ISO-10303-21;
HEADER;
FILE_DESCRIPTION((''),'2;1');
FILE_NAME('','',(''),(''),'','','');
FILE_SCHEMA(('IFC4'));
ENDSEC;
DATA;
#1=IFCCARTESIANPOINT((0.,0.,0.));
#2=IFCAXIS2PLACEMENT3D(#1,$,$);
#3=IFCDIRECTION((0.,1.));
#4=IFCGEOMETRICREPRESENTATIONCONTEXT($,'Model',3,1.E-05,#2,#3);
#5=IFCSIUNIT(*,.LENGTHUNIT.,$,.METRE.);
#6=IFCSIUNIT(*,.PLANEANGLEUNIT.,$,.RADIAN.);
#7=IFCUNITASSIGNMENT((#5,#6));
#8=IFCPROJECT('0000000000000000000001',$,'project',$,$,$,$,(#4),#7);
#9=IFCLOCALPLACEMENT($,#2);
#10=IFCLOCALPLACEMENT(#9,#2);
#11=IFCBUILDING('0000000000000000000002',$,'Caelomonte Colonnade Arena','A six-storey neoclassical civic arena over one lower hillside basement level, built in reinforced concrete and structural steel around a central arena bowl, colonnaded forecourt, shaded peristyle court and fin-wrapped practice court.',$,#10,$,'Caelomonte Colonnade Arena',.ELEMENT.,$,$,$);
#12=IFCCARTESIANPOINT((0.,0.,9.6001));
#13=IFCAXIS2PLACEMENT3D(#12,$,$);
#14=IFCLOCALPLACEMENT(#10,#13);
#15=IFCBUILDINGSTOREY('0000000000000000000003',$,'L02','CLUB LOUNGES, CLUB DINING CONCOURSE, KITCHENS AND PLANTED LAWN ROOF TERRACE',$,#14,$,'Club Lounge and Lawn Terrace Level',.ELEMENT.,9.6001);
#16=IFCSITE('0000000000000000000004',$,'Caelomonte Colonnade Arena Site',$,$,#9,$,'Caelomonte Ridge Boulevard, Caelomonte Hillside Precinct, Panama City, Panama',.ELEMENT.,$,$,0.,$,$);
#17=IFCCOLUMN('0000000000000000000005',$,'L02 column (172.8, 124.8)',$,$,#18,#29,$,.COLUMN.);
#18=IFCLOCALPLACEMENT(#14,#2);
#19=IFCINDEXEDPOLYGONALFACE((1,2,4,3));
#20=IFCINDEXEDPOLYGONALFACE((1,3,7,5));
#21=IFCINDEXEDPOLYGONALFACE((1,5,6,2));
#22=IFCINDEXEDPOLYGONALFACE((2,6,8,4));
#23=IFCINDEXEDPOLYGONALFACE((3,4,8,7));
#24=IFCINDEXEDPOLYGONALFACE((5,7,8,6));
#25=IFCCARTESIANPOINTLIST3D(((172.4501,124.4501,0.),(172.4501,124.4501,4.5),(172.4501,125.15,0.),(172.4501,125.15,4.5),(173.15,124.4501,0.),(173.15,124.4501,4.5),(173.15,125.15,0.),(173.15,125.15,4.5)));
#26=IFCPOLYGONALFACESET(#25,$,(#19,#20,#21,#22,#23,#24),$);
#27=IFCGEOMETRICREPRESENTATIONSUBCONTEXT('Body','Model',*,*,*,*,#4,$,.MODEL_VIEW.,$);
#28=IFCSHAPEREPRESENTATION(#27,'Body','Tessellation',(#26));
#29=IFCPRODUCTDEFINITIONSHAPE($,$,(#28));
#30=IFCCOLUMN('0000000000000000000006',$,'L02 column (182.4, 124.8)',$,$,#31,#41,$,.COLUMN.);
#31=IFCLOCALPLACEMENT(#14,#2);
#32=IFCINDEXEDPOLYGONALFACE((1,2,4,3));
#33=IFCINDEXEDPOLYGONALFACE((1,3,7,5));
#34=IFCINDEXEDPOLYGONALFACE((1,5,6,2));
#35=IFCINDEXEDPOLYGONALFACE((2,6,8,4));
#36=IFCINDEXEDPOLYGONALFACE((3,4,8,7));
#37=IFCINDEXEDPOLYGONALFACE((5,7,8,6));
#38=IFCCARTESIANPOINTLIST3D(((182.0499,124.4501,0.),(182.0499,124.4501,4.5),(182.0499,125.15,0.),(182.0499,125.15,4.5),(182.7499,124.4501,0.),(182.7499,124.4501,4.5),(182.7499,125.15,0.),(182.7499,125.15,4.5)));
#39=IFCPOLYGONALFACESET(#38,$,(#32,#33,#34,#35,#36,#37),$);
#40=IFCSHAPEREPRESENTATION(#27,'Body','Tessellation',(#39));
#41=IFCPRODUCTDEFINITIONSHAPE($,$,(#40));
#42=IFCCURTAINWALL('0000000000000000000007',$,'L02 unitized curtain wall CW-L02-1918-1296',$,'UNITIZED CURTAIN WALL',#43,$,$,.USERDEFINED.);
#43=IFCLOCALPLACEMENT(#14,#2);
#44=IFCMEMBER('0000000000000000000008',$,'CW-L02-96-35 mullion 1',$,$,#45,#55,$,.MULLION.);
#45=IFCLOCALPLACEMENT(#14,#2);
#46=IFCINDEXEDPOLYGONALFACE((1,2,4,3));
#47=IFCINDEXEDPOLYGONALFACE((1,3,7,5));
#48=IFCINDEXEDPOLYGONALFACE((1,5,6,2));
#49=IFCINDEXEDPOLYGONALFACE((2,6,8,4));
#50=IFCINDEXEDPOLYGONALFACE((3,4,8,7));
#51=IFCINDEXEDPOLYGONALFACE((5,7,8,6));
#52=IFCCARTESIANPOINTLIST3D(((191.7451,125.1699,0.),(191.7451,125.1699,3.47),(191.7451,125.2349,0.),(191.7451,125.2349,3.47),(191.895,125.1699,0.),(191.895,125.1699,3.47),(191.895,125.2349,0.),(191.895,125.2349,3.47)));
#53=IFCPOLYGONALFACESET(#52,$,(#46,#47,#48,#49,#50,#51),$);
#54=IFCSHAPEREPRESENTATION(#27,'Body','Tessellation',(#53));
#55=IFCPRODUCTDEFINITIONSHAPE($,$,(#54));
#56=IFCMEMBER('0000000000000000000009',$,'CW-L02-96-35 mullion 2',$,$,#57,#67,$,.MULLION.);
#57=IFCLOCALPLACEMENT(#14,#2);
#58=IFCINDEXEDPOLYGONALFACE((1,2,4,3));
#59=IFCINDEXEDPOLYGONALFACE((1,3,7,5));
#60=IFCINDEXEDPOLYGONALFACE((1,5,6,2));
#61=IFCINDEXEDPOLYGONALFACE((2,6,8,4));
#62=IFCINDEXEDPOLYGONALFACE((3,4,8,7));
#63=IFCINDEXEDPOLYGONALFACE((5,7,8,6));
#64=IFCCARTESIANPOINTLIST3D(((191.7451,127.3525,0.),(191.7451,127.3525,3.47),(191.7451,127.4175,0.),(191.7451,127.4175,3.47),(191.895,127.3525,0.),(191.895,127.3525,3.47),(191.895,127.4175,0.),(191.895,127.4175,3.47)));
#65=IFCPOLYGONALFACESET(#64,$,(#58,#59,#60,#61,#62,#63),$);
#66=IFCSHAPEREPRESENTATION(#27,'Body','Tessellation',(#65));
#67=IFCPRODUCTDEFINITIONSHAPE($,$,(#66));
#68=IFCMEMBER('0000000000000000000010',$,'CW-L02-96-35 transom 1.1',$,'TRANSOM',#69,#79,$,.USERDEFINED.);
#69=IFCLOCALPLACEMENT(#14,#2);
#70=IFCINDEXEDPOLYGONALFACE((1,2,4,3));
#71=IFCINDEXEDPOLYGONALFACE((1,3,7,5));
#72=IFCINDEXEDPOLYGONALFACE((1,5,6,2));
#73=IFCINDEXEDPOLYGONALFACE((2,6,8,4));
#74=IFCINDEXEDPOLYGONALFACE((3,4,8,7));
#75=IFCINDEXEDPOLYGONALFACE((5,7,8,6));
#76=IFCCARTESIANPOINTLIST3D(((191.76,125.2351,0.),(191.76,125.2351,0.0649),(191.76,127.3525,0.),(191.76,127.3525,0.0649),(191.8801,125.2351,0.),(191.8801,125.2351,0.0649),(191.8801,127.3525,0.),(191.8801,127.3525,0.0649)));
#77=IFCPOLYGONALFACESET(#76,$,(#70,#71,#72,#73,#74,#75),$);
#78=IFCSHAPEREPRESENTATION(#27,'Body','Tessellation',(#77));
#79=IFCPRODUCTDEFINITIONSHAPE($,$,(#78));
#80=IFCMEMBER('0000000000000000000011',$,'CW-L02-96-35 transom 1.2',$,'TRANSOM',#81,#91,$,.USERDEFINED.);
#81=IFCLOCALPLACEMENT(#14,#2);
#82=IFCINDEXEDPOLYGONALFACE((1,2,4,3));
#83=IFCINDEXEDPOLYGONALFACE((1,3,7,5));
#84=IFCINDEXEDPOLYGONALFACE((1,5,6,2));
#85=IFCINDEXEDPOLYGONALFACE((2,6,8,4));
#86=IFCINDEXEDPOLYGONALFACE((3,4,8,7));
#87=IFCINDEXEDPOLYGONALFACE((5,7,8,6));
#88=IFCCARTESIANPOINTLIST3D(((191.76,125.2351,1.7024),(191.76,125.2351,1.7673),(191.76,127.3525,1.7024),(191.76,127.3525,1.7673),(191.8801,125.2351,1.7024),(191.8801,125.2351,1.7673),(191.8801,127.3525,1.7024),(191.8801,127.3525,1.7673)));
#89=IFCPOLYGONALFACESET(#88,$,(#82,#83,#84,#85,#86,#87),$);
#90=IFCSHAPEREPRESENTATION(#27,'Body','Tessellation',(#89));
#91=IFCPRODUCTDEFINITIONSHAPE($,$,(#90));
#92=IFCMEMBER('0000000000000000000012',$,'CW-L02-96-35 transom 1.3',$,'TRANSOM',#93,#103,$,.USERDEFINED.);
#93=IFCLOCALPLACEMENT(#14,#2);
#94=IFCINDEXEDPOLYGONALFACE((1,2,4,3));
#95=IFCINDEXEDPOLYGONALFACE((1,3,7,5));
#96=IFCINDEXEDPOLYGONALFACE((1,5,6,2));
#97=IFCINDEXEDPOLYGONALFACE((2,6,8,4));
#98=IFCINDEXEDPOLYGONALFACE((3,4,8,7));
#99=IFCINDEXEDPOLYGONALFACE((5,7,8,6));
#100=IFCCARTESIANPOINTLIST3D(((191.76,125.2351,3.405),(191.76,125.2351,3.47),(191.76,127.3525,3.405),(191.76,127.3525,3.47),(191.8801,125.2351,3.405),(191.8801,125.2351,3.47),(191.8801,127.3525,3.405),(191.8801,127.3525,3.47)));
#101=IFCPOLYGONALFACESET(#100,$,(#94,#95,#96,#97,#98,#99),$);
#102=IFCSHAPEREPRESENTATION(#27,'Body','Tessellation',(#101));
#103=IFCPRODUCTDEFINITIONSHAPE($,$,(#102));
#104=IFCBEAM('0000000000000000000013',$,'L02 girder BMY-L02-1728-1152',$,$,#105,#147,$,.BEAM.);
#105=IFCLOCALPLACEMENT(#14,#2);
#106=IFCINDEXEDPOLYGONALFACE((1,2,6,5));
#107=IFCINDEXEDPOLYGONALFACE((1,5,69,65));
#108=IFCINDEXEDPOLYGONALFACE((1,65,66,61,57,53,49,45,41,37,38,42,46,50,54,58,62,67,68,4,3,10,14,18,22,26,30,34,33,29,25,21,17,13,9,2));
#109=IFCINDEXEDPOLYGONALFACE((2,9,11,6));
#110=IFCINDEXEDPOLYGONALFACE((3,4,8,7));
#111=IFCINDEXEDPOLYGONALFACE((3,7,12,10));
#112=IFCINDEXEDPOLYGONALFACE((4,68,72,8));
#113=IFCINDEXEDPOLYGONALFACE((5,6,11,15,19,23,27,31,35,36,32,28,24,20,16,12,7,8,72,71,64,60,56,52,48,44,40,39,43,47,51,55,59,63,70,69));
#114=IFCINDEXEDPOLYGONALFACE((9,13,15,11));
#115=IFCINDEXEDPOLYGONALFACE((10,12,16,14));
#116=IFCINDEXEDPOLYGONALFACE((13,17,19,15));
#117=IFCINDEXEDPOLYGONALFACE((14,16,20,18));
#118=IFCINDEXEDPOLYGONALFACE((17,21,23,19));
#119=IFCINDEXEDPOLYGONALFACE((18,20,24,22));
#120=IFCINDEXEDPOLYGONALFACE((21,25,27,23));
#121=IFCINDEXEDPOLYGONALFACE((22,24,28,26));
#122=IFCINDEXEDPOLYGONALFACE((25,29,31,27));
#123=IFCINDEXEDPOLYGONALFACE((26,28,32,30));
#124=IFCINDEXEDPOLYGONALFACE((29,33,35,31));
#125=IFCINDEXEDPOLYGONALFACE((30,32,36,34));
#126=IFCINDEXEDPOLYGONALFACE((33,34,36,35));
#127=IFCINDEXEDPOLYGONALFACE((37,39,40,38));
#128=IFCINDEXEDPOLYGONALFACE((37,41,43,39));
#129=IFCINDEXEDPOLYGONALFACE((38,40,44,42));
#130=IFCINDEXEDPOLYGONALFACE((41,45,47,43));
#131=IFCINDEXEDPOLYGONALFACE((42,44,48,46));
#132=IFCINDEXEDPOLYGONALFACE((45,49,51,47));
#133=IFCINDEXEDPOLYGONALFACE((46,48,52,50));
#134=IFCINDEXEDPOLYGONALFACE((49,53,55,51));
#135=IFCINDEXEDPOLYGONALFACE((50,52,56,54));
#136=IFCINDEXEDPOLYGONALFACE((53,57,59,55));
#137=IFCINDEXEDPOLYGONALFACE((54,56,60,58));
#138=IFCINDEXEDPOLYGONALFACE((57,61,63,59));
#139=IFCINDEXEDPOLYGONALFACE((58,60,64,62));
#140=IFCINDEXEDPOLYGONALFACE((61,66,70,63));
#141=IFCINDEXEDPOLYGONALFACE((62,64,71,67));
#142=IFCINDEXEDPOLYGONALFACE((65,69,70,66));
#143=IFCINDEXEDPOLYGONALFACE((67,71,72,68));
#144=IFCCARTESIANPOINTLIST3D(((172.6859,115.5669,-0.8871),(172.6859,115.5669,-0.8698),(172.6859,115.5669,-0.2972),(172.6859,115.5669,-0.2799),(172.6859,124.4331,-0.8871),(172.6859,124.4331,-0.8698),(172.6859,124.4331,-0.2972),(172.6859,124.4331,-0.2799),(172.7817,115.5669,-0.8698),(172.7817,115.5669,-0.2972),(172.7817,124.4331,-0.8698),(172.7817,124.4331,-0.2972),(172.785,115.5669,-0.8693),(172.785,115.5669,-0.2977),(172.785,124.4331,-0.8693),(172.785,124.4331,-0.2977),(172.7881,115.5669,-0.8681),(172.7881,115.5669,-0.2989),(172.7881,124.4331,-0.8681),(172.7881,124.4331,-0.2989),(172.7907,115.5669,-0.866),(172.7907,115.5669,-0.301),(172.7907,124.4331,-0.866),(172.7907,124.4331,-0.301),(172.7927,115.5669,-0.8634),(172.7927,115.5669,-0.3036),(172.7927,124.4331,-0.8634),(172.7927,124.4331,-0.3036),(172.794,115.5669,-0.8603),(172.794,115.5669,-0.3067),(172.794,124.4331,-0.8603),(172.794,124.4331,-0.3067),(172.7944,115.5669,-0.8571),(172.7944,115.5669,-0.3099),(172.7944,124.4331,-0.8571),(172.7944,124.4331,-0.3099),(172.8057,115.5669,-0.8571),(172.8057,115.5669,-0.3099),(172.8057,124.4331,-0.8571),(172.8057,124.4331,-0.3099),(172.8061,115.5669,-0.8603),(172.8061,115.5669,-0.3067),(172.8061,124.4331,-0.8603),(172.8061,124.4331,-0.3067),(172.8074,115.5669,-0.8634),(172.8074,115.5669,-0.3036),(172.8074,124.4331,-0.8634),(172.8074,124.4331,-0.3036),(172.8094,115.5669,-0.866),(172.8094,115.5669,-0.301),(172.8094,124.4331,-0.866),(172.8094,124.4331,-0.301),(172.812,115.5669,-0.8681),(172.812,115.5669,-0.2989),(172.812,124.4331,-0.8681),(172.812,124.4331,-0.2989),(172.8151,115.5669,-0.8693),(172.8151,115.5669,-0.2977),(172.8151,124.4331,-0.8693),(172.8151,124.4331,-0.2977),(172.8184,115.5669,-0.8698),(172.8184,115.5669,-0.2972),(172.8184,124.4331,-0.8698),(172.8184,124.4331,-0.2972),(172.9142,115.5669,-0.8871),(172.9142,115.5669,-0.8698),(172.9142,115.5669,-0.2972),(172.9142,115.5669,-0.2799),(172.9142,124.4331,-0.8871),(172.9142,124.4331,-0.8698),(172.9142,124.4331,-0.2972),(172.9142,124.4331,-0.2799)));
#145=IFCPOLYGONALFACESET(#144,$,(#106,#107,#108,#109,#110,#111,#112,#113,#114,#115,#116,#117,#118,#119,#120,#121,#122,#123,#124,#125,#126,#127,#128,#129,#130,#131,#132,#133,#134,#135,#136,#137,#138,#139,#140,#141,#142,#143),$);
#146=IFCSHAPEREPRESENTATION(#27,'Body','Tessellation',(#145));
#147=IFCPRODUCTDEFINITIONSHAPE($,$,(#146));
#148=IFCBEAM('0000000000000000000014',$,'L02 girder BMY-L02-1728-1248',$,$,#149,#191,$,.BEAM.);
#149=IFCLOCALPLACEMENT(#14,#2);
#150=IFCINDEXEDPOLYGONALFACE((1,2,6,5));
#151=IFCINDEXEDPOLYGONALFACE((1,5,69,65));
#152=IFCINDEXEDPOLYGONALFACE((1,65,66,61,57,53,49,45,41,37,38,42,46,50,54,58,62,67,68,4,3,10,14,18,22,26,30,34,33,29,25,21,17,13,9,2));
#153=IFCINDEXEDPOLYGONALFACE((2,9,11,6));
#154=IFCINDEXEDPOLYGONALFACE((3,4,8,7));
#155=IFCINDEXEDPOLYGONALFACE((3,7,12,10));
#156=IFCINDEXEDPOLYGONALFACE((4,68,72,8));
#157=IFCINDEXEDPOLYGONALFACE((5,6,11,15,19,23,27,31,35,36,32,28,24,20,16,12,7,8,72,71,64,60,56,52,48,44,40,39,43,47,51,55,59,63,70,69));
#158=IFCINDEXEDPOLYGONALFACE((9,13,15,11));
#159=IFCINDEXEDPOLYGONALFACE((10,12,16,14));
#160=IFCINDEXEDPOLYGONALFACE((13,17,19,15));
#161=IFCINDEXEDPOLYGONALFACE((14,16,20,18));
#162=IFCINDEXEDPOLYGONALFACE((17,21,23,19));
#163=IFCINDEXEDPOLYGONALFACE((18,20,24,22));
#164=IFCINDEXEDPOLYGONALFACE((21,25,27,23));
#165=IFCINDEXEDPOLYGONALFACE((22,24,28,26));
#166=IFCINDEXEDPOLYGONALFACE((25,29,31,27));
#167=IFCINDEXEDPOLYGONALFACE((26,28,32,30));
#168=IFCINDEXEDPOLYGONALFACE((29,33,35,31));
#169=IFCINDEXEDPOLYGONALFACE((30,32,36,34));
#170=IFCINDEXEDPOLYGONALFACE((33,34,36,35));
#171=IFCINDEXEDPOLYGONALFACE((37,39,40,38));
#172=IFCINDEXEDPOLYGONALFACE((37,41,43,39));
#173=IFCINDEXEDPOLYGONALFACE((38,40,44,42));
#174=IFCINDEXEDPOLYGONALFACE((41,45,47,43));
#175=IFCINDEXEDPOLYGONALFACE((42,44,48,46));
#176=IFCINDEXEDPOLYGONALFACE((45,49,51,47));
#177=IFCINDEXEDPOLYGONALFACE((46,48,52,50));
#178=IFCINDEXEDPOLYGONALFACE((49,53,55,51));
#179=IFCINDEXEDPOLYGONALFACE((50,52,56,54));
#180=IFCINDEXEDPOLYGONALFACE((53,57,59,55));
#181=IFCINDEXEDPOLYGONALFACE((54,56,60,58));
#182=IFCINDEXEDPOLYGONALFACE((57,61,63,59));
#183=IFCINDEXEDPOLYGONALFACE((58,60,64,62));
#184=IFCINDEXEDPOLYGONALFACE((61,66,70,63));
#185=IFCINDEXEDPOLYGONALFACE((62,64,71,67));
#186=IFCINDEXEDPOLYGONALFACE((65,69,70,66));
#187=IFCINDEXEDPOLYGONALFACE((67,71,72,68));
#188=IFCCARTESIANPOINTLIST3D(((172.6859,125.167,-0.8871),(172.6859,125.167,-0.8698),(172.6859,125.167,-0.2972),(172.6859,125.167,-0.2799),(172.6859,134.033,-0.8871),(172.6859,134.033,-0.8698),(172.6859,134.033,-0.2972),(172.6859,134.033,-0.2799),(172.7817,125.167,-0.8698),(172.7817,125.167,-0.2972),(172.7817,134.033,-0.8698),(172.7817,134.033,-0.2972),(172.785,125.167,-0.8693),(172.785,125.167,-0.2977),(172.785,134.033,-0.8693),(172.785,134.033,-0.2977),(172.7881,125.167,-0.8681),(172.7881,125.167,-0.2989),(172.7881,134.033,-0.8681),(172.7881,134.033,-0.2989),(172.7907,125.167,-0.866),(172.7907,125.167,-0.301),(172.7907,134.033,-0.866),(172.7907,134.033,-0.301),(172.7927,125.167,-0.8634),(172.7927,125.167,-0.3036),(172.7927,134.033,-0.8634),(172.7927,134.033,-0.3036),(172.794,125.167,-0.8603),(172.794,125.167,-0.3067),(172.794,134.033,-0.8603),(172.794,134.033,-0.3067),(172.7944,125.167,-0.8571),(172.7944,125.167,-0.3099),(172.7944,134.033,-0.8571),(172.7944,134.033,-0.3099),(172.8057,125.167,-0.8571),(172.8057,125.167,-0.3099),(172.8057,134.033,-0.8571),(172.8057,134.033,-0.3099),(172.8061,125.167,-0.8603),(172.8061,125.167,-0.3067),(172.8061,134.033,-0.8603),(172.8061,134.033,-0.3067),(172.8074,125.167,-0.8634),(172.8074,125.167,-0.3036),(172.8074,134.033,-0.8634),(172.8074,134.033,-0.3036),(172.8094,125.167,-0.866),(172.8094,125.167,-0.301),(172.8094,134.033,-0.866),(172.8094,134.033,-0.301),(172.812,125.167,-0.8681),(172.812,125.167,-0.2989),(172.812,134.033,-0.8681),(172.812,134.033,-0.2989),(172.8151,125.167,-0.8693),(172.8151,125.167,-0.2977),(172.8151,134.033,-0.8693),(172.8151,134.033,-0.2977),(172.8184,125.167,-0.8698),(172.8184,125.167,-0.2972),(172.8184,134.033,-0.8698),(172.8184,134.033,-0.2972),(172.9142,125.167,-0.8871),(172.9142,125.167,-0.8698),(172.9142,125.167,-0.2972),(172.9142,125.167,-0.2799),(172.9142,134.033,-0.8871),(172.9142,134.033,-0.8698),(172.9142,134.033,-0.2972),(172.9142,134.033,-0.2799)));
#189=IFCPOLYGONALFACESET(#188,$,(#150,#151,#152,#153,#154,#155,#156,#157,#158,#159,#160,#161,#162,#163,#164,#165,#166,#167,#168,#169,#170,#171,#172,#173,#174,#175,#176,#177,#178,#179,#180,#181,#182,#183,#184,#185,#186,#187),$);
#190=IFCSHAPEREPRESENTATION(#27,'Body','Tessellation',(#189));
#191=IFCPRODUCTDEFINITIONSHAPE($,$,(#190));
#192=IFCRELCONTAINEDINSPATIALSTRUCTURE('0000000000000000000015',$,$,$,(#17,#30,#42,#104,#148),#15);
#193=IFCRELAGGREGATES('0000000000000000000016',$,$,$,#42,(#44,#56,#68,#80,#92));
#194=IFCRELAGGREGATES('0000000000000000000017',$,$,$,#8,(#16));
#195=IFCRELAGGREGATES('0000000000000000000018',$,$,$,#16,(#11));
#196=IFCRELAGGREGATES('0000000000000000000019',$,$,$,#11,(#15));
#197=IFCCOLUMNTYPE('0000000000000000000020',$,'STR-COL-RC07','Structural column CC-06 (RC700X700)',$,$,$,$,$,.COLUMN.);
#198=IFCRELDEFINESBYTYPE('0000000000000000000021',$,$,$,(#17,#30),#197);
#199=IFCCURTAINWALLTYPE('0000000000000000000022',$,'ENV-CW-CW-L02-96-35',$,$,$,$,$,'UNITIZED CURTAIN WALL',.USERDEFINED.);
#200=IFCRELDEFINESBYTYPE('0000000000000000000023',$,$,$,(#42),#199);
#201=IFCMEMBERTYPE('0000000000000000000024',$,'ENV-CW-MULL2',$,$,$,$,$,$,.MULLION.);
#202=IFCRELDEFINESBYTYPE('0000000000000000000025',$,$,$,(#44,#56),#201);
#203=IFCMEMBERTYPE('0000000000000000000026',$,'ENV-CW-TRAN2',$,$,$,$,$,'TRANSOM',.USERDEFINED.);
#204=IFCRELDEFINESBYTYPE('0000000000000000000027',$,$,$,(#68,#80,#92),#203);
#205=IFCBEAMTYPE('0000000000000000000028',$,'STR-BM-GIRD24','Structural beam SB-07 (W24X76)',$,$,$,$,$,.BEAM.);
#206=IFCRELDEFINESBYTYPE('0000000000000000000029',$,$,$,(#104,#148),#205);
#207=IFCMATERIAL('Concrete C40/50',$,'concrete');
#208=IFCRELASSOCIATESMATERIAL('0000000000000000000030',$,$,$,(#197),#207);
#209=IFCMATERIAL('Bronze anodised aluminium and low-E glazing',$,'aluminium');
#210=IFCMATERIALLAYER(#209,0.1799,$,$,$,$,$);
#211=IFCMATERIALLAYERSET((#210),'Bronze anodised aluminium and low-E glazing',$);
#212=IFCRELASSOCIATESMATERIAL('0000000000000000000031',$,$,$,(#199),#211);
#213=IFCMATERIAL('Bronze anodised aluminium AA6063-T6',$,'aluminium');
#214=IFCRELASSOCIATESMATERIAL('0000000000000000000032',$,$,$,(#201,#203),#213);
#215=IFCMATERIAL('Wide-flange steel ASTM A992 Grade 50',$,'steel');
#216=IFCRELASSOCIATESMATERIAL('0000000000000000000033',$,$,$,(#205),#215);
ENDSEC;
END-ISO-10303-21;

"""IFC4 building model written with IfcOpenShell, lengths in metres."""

from ifc_helpers import new_model, si_unit, direction, frame, origin, origin_2d, place, context, subcontext, project, spatial, rectangle, i_section, extrude, material, layer, layer_set, material_profile, profile_set, type_object, element, aggregate, save


model = new_model("IFC4")

# Units and contexts
model_context = context("Model", 3, precision=1e-05, world=origin(), true_north=direction((0.0, 1.0)))
body_context = subcontext(model_context, "Body", "Model", "MODEL_VIEW")
ifc_project = project(units=[si_unit("LENGTHUNIT", "METRE"), si_unit("PLANEANGLEUNIT", "RADIAN")], contexts=[model_context])

# Site, building, storey
site_placement = place(None, origin())
site = spatial("IfcSite", under=ifc_project, at=site_placement, Name="Caelomonte Colonnade Arena Site", LongName="Caelomonte Ridge Boulevard, Caelomonte Hillside Precinct, Panama City, Panama", CompositionType="ELEMENT", RefElevation=0.0)
building_placement = place(site_placement, origin())
building = spatial("IfcBuilding", under=site, at=building_placement, Name="Caelomonte Colonnade Arena", Description="A six-storey neoclassical civic arena over one lower hillside basement level, built in reinforced concrete and structural steel around a central arena bowl, colonnaded forecourt, shaded peristyle court and fin-wrapped practice court.", LongName="Caelomonte Colonnade Arena", CompositionType="ELEMENT")
storey_placement = place(building_placement, frame((0.0, 0.0, 9.6001)))
storey = spatial("IfcBuildingStorey", under=building, at=storey_placement, Name="L02", Description="CLUB LOUNGES, CLUB DINING CONCOURSE, KITCHENS AND PLANTED LAWN ROOF TERRACE", LongName="Club Lounge and Lawn Terrace Level", CompositionType="ELEMENT", Elevation=9.6001)

# Columns
ifc_material_1 = material(Name="Concrete C40/50", Category="concrete")
ifc_material_profile_1 = material_profile(ifc_material_1, rectangle(XDim=0.7, YDim=0.7, at=origin_2d()), Name="RC700X700")
ifc_profile_set_1 = profile_set([ifc_material_profile_1], Name="Concrete C40/50")
column_type = type_object("IfcColumnType", Name="STR-COL-RC07", Description="Structural column CC-06 (RC700X700)", PredefinedType="COLUMN", material=ifc_profile_set_1)
for number, where, z_axis, x_axis, name in (
    (1, (172.8, 124.8, 0.0), (0.0, 0.0, 1.0), (1.0, 0.0, 0.0), "L02 column (172.8, 124.8)"),
    (2, (182.3999, 124.8, 0.0), (0.0, 0.0, 1.0), (1.0, 0.0, 0.0), "L02 column (182.4, 124.8)"),
):
    element("IfcColumn", number, at=place(storey_placement, frame(where, z_axis=z_axis, x_axis=x_axis)), inside=storey, type_object=column_type, Name=name, PredefinedType="COLUMN", context=body_context, shape_type="SweptSolid", body=[
        extrude(rectangle(XDim=0.7, YDim=0.7, at=origin_2d()), origin(), (0.0, 0.0, 1.0), 4.5),
    ])

# Curtain wall, members
ifc_material_2 = material(Name="Bronze anodised aluminium and low-E glazing", Category="aluminium")
ifc_layer_1 = layer(ifc_material_2, 0.1799)
ifc_layer_set_1 = layer_set([ifc_layer_1], Name="Bronze anodised aluminium and low-E glazing")
curtain_wall_type = type_object("IfcCurtainWallType", Name="ENV-CW-CW-L02-96-35", ElementType="UNITIZED CURTAIN WALL", PredefinedType="USERDEFINED", material=ifc_layer_set_1)
curtain_wall_placement = place(storey_placement, origin())
curtain_wall = element("IfcCurtainWall", 3, at=curtain_wall_placement, inside=storey, type_object=curtain_wall_type, Name="L02 unitized curtain wall CW-L02-1918-1296", ObjectType="UNITIZED CURTAIN WALL", PredefinedType="USERDEFINED")
ifc_material_3 = material(Name="Bronze anodised aluminium AA6063-T6", Category="aluminium")
ifc_material_profile_2 = material_profile(ifc_material_3, rectangle(XDim=0.0649, YDim=0.1499, at=origin_2d()), Name="CWM-65X150")
ifc_profile_set_2 = profile_set([ifc_material_profile_2], Name="Bronze anodised aluminium AA6063-T6")
member_type_1 = type_object("IfcMemberType", Name="ENV-CW-MULL2", PredefinedType="MULLION", material=ifc_profile_set_2)
member_1_placement = place(storey_placement, frame((191.8201, 125.2024, 0.0), z_axis=(0.0, 0.0, 1.0), x_axis=(0.0, 1.0, 0.0)))
member_1 = element("IfcMember", 4, at=member_1_placement, type_object=member_type_1, Name="CW-L02-96-35 mullion 1", PredefinedType="MULLION", context=body_context, shape_type="SweptSolid", body=[
    extrude(rectangle(XDim=0.0649, YDim=0.1499, at=origin_2d()), origin(), (0.0, 0.0, 1.0), 3.47),
])
member_2_placement = place(storey_placement, frame((191.8201, 127.385, 0.0), z_axis=(0.0, 0.0, 1.0), x_axis=(0.0, 1.0, 0.0)))
member_2 = element("IfcMember", 5, at=member_2_placement, type_object=member_type_1, Name="CW-L02-96-35 mullion 2", PredefinedType="MULLION", context=body_context, shape_type="SweptSolid", body=[
    extrude(rectangle(XDim=0.0649, YDim=0.1499, at=origin_2d()), origin(), (0.0, 0.0, 1.0), 3.47),
])
ifc_material_profile_3 = material_profile(ifc_material_3, rectangle(XDim=0.0649, YDim=0.1201, at=origin_2d()), Name="CWT-65X120")
ifc_profile_set_3 = profile_set([ifc_material_profile_3], Name="Bronze anodised aluminium AA6063-T6")
member_type_2 = type_object("IfcMemberType", Name="ENV-CW-TRAN2", ElementType="TRANSOM", PredefinedType="USERDEFINED", material=ifc_profile_set_3)
member_3_placement = place(storey_placement, frame((191.8201, 125.2351, 0.0325), z_axis=(0.0, 1.0, 0.0), x_axis=(0.0, 0.0, 1.0)))
member_3 = element("IfcMember", 6, at=member_3_placement, type_object=member_type_2, Name="CW-L02-96-35 transom 1.1", ObjectType="TRANSOM", PredefinedType="USERDEFINED", context=body_context, shape_type="SweptSolid", body=[
    extrude(rectangle(XDim=0.0649, YDim=0.1201, at=origin_2d()), origin(), (0.0, 0.0, 1.0), 2.1174),
])
member_4_placement = place(storey_placement, frame((191.8201, 125.2351, 1.7349), z_axis=(0.0, 1.0, 0.0), x_axis=(0.0, 0.0, 1.0)))
member_4 = element("IfcMember", 7, at=member_4_placement, type_object=member_type_2, Name="CW-L02-96-35 transom 1.2", ObjectType="TRANSOM", PredefinedType="USERDEFINED", context=body_context, shape_type="SweptSolid", body=[
    extrude(rectangle(XDim=0.0649, YDim=0.1201, at=origin_2d()), origin(), (0.0, 0.0, 1.0), 2.1174),
])
member_5_placement = place(storey_placement, frame((191.8201, 125.2351, 3.4375), z_axis=(0.0, 1.0, 0.0), x_axis=(0.0, 0.0, 1.0)))
member_5 = element("IfcMember", 8, at=member_5_placement, type_object=member_type_2, Name="CW-L02-96-35 transom 1.3", ObjectType="TRANSOM", PredefinedType="USERDEFINED", context=body_context, shape_type="SweptSolid", body=[
    extrude(rectangle(XDim=0.0649, YDim=0.1201, at=origin_2d()), origin(), (0.0, 0.0, 1.0), 2.1174),
])

# Beams
ifc_material_4 = material(Name="Wide-flange steel ASTM A992 Grade 50", Category="steel")
ifc_material_profile_4 = material_profile(ifc_material_4, i_section(OverallWidth=0.2283, OverallDepth=0.6072, WebThickness=0.0112, FlangeThickness=0.0173, FilletRadius=0.0127, at=origin_2d()), Name="W24X76")
ifc_profile_set_4 = profile_set([ifc_material_profile_4], Name="Wide-flange steel ASTM A992 Grade 50")
beam_type_1 = type_object("IfcBeamType", Name="STR-BM-GIRD24", Description="Structural beam SB-07 (W24X76)", PredefinedType="BEAM", material=ifc_profile_set_4)
beam_1_placement = place(storey_placement, frame((172.8, 115.5669, -0.5835), z_axis=(0.0, 1.0, 0.0), x_axis=(-1.0, 0.0, 0.0)))
element("IfcBeam", 9, at=beam_1_placement, inside=storey, type_object=beam_type_1, Name="L02 girder BMY-L02-1728-1152", PredefinedType="BEAM", context=body_context, shape_type="SweptSolid", body=[
    extrude(i_section(OverallWidth=0.2283, OverallDepth=0.6072, WebThickness=0.0112, FlangeThickness=0.0173, FilletRadius=0.0127, at=origin_2d()), origin(), (0.0, 0.0, 1.0), 8.8662),
])
beam_2_placement = place(storey_placement, frame((172.8, 125.167, -0.5835), z_axis=(0.0, 1.0, 0.0), x_axis=(-1.0, 0.0, 0.0)))
element("IfcBeam", 10, at=beam_2_placement, inside=storey, type_object=beam_type_1, Name="L02 girder BMY-L02-1728-1248", PredefinedType="BEAM", context=body_context, shape_type="SweptSolid", body=[
    extrude(i_section(OverallWidth=0.2283, OverallDepth=0.6072, WebThickness=0.0112, FlangeThickness=0.0173, FilletRadius=0.0127, at=origin_2d()), origin(), (0.0, 0.0, 1.0), 8.866),
])

aggregate(curtain_wall, [member_1, member_2, member_3, member_4, member_5])

save(model, "model.ifc")
